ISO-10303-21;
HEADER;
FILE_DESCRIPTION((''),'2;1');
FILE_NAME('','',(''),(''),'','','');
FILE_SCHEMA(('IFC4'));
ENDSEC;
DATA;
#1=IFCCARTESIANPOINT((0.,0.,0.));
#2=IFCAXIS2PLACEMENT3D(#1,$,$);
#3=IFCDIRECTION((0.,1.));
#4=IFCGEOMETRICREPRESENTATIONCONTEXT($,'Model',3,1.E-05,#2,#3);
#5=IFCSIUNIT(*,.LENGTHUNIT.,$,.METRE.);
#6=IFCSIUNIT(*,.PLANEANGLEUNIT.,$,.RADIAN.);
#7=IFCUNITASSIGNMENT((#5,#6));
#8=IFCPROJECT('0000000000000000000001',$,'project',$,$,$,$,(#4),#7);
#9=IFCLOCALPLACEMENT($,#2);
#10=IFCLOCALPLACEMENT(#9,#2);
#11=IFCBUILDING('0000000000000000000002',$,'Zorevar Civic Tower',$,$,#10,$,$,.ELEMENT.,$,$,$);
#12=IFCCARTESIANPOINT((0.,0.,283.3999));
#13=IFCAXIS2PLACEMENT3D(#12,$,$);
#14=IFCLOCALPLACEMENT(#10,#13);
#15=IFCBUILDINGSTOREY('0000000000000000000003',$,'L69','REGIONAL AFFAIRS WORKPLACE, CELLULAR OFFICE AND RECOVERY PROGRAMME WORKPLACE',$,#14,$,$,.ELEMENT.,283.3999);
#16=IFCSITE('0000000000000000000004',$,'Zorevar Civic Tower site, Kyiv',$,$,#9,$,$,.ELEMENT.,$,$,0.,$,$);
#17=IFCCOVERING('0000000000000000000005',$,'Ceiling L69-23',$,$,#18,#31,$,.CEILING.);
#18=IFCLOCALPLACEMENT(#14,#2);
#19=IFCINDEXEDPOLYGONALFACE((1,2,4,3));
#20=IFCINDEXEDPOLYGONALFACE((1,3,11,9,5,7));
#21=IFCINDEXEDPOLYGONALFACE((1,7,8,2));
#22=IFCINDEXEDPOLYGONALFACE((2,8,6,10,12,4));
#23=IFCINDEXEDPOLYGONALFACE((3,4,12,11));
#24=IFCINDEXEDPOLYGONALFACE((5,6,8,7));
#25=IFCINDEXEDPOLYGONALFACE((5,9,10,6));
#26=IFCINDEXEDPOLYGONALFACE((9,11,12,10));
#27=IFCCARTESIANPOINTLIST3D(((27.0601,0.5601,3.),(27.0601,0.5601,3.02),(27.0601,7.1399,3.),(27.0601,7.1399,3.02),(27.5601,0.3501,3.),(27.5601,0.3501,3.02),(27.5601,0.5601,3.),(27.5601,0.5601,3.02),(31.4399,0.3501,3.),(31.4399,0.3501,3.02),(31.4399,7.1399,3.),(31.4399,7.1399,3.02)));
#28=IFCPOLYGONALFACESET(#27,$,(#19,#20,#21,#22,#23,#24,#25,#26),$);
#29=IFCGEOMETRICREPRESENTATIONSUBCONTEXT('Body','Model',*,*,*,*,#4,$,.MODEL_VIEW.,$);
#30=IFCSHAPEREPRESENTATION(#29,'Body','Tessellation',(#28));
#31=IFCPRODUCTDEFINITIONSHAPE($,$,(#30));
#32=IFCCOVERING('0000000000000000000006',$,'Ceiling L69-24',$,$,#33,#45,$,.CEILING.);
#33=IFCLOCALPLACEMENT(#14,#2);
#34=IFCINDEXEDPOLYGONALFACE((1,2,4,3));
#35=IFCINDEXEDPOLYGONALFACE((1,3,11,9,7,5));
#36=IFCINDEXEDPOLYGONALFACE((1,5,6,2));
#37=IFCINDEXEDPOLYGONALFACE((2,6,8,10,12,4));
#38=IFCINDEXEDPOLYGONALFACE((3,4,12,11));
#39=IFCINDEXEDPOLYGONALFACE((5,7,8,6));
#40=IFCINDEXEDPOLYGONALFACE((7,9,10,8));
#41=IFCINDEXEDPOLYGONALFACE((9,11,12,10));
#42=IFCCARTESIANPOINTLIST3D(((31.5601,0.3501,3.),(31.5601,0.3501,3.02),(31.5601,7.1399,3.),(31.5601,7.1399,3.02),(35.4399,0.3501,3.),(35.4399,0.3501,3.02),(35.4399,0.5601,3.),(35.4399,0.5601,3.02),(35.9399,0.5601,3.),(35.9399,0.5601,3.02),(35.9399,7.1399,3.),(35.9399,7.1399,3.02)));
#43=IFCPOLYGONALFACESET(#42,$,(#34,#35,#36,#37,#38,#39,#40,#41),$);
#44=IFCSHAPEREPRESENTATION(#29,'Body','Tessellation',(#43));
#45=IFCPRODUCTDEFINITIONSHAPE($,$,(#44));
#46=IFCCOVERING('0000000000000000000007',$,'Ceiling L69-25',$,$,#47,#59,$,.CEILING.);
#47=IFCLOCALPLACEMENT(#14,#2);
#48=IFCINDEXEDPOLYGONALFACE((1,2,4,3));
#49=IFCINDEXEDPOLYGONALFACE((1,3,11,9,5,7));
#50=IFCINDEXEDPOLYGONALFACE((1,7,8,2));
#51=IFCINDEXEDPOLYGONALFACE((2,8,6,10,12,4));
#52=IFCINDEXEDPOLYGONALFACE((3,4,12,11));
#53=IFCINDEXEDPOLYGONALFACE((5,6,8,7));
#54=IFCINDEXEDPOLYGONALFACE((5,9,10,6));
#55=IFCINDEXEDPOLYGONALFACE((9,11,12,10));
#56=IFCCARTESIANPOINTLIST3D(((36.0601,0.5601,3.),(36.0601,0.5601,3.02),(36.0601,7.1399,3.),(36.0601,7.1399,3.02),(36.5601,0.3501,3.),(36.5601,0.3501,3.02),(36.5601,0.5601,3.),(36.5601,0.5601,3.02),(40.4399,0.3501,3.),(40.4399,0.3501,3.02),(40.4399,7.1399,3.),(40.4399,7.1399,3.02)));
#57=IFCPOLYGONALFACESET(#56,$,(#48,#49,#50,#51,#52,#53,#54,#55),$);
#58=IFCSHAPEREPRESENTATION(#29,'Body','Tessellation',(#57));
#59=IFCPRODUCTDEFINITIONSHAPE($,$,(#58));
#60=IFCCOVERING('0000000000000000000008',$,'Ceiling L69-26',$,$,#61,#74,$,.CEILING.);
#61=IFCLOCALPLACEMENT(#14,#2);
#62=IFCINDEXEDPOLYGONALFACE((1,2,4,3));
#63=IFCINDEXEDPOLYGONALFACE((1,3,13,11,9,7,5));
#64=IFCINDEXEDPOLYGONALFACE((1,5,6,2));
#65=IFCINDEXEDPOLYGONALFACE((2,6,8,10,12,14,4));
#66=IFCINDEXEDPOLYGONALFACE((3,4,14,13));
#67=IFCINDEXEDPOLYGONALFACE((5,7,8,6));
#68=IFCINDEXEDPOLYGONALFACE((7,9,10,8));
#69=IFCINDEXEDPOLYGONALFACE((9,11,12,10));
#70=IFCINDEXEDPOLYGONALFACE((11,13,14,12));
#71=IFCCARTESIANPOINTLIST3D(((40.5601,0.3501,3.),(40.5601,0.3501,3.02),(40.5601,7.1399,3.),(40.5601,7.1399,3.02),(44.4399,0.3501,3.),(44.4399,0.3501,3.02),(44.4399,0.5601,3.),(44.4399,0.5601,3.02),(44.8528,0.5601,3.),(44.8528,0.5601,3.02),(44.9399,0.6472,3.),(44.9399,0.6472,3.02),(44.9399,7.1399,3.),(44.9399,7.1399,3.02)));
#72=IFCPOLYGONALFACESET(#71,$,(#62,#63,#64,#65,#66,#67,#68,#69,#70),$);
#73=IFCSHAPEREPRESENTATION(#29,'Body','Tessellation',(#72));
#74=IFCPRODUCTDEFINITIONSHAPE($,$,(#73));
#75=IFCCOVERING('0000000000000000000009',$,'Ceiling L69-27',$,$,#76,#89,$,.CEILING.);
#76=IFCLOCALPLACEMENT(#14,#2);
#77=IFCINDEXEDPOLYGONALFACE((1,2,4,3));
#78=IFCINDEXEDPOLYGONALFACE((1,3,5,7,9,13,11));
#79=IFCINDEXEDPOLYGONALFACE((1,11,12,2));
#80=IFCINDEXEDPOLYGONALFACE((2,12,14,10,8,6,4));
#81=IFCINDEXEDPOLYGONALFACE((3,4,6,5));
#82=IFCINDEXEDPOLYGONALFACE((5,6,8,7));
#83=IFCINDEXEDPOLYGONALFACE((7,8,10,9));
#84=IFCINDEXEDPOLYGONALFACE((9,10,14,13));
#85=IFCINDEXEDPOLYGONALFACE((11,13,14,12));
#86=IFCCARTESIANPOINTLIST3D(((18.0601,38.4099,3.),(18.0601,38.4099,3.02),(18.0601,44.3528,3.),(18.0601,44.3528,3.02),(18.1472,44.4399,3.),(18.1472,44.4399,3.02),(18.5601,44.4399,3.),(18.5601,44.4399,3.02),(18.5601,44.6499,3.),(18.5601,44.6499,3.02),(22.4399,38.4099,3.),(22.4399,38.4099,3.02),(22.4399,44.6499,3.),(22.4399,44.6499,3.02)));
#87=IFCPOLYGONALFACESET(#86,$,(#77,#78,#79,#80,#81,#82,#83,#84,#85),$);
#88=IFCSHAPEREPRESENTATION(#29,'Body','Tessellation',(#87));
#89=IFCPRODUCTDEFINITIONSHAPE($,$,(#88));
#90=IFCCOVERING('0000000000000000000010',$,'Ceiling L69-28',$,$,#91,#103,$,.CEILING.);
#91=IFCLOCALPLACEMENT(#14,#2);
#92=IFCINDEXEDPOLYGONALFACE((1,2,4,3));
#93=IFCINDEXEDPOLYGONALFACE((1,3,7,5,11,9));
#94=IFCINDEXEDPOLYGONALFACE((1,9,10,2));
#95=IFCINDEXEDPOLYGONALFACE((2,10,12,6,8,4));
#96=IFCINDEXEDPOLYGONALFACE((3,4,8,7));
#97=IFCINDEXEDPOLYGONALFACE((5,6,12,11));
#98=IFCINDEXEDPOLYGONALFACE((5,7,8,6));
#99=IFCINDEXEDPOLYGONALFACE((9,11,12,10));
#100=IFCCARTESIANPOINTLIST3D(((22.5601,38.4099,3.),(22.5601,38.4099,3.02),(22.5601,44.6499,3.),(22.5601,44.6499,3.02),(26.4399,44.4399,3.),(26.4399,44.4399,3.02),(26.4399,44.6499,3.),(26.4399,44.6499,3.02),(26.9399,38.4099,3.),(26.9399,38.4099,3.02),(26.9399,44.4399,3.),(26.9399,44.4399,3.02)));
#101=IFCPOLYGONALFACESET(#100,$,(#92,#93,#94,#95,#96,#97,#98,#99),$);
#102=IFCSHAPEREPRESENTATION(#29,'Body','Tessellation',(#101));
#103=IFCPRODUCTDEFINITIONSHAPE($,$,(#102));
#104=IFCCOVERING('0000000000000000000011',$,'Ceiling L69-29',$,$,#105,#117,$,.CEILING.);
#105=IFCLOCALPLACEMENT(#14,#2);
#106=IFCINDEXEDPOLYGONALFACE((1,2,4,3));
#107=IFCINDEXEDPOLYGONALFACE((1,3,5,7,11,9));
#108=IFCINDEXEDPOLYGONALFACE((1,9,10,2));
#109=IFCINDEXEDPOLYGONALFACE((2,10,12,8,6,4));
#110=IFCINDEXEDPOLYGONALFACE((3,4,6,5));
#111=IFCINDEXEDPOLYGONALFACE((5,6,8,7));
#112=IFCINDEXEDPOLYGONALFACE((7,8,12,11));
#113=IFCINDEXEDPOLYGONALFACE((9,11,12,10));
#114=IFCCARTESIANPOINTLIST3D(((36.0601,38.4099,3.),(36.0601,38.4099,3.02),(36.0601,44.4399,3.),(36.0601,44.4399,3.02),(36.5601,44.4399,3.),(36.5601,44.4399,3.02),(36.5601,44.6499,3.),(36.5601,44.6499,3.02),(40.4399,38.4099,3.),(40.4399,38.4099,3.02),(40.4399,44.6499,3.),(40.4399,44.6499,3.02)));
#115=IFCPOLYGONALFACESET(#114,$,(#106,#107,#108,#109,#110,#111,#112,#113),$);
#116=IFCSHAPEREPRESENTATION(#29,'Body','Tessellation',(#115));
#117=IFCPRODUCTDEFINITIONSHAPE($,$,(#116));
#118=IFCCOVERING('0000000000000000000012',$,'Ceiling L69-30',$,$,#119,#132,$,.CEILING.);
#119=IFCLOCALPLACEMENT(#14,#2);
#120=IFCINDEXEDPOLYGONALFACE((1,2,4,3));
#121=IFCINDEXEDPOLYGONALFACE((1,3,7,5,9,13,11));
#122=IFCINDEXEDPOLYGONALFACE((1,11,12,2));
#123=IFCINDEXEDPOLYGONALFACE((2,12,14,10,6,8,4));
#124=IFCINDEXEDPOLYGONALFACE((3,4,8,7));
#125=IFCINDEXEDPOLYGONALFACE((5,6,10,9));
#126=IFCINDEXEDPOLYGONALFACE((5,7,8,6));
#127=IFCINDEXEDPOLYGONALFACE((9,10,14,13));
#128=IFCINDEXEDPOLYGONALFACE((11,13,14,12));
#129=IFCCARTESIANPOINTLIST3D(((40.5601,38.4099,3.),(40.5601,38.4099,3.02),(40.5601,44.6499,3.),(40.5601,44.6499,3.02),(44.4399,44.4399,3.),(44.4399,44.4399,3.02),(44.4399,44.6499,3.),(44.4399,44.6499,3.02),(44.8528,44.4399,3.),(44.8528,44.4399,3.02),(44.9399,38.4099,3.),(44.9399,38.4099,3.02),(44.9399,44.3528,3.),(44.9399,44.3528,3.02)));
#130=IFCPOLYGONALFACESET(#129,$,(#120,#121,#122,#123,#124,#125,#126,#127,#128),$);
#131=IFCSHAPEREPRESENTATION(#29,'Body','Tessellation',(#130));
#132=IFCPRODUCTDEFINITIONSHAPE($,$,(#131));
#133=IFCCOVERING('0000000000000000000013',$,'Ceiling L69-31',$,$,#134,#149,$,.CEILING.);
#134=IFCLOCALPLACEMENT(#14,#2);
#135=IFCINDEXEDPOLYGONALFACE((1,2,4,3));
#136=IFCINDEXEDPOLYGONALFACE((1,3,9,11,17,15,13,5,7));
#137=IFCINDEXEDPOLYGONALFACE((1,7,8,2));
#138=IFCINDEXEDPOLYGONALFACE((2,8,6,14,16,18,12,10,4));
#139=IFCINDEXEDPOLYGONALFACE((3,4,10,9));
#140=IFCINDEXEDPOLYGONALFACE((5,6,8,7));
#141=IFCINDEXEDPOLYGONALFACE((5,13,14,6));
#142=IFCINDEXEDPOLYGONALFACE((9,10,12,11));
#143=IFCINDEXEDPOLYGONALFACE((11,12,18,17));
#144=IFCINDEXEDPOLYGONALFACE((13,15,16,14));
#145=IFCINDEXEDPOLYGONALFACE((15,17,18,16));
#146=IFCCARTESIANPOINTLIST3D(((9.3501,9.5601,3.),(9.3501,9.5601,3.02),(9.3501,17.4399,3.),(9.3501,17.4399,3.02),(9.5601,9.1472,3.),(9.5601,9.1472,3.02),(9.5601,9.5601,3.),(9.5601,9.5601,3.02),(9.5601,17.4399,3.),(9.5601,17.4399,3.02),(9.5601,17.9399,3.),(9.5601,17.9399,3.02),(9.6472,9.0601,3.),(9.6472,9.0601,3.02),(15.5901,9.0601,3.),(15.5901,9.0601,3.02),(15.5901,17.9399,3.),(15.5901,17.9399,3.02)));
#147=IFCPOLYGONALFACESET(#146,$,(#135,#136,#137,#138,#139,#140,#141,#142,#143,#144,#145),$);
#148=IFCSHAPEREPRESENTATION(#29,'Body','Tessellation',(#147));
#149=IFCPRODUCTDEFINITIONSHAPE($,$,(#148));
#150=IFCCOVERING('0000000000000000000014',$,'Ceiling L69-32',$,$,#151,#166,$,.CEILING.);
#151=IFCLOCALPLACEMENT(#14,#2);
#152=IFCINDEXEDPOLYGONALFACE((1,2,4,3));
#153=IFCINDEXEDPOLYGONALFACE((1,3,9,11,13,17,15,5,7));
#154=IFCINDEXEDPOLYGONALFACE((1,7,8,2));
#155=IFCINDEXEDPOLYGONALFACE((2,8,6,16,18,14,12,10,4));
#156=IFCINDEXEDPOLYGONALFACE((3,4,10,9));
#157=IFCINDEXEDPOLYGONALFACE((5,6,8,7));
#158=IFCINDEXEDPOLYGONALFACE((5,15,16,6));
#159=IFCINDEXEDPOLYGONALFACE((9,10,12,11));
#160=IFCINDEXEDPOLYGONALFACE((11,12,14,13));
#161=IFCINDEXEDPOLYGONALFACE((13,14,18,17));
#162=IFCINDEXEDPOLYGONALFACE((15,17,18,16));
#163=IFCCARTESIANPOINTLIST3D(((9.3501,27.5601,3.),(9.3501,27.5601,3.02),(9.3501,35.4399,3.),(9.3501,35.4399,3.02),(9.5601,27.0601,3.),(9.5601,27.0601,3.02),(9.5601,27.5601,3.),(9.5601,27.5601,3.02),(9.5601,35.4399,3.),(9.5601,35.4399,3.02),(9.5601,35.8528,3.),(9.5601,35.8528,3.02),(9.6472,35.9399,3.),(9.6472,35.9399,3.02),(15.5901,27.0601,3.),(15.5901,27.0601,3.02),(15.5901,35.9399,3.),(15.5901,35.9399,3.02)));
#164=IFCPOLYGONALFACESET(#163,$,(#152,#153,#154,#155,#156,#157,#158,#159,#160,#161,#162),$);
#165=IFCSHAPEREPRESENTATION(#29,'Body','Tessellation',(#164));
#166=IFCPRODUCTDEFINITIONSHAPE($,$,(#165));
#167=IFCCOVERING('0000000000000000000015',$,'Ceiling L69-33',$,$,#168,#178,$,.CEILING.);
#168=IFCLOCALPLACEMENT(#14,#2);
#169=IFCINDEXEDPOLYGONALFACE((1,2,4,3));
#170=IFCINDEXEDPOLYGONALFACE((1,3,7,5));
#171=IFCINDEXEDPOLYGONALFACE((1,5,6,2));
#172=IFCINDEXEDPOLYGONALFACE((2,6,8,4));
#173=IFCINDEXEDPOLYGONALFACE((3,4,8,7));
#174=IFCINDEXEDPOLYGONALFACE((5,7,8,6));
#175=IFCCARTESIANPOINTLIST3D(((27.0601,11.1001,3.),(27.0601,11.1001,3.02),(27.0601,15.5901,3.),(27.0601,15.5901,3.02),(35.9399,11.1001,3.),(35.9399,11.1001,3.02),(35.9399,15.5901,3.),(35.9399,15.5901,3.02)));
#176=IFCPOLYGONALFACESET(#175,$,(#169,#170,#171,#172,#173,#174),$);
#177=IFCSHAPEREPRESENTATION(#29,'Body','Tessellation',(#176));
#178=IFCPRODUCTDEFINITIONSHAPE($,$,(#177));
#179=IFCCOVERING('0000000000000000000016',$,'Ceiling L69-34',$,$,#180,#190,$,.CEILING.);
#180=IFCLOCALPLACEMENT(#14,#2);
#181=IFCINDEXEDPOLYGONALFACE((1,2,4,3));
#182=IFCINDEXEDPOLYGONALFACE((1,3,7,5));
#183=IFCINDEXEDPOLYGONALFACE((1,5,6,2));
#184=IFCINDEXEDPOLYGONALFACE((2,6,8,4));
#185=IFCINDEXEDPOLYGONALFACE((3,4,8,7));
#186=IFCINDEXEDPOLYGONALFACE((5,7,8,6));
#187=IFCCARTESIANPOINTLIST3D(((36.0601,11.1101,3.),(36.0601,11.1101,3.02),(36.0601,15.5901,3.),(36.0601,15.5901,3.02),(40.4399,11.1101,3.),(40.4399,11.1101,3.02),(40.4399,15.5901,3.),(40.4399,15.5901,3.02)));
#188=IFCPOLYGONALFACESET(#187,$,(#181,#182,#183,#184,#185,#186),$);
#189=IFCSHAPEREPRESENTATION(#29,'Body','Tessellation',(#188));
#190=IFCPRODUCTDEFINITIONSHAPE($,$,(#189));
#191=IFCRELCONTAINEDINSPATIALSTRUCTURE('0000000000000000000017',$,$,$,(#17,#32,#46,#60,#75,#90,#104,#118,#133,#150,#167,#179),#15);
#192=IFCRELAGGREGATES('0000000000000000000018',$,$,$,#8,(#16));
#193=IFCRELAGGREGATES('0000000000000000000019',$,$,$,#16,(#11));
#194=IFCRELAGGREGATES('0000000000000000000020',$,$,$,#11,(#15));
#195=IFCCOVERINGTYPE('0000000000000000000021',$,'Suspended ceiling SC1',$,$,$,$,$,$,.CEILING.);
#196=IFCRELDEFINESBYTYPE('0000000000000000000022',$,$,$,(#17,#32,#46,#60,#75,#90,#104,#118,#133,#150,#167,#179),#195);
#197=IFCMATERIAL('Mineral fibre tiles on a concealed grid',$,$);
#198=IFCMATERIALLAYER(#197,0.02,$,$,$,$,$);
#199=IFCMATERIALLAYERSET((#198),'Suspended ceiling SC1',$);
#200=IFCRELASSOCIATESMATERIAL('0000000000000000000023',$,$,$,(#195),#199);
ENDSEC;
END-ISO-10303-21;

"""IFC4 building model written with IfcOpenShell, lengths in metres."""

from ifc_helpers import new_model, si_unit, direction, frame, origin, place, context, subcontext, project, spatial, polyline, outline, extrude, material, layer, layer_set, type_object, element, save


model = new_model("IFC4")

# Units and contexts
model_context = context("Model", 3, precision=1e-05, world=origin(), true_north=direction((0.0, 1.0)))
body_context = subcontext(model_context, "Body", "Model", "MODEL_VIEW")
ifc_project = project(units=[si_unit("LENGTHUNIT", "METRE"), si_unit("PLANEANGLEUNIT", "RADIAN")], contexts=[model_context])

# Site, building, storey
site_placement = place(None, origin())
site = spatial("IfcSite", under=ifc_project, at=site_placement, Name="Zorevar Civic Tower site, Kyiv", CompositionType="ELEMENT", RefElevation=0.0)
building_placement = place(site_placement, origin())
building = spatial("IfcBuilding", under=site, at=building_placement, Name="Zorevar Civic Tower", CompositionType="ELEMENT")
storey_placement = place(building_placement, frame((0.0, 0.0, 283.3999)))
storey = spatial("IfcBuildingStorey", under=building, at=storey_placement, Name="L69", Description="REGIONAL AFFAIRS WORKPLACE, CELLULAR OFFICE AND RECOVERY PROGRAMME WORKPLACE", CompositionType="ELEMENT", Elevation=283.3999)

# Coverings
ifc_material = material(Name="Mineral fibre tiles on a concealed grid")
ifc_layer = layer(ifc_material, 0.02)
ifc_layer_set = layer_set([ifc_layer], Name="Suspended ceiling SC1")
covering_type = type_object("IfcCoveringType", Name="Suspended ceiling SC1", PredefinedType="CEILING", material=ifc_layer_set)
covering_1_placement = place(storey_placement, frame((0.0, 0.0, 3.0)))
element("IfcCovering", 1, at=covering_1_placement, inside=storey, type_object=covering_type, Name="Ceiling L69-23", PredefinedType="CEILING", context=body_context, shape_type="SweptSolid", body=[
    extrude(outline(polyline([(31.4399, 7.1399), (31.4399, 0.3501), (27.5601, 0.3501), (27.5601, 0.5601), (27.0601, 0.5601), (27.0601, 7.1399), (31.4399, 7.1399)])), origin(), (0.0, 0.0, 1.0), 0.02),
])
covering_2_placement = place(storey_placement, frame((0.0, 0.0, 3.0)))
element("IfcCovering", 2, at=covering_2_placement, inside=storey, type_object=covering_type, Name="Ceiling L69-24", PredefinedType="CEILING", context=body_context, shape_type="SweptSolid", body=[
    extrude(outline(polyline([(35.9399, 7.1399), (35.9399, 0.5601), (35.4399, 0.5601), (35.4399, 0.3501), (31.5601, 0.3501), (31.5601, 7.1399), (35.9399, 7.1399)])), origin(), (0.0, 0.0, 1.0), 0.02),
])
covering_3_placement = place(storey_placement, frame((0.0, 0.0, 3.0)))
element("IfcCovering", 3, at=covering_3_placement, inside=storey, type_object=covering_type, Name="Ceiling L69-25", PredefinedType="CEILING", context=body_context, shape_type="SweptSolid", body=[
    extrude(outline(polyline([(40.4399, 7.1399), (40.4399, 0.3501), (36.5601, 0.3501), (36.5601, 0.5601), (36.0601, 0.5601), (36.0601, 7.1399), (40.4399, 7.1399)])), origin(), (0.0, 0.0, 1.0), 0.02),
])
covering_4_placement = place(storey_placement, frame((0.0, 0.0, 3.0)))
element("IfcCovering", 4, at=covering_4_placement, inside=storey, type_object=covering_type, Name="Ceiling L69-26", PredefinedType="CEILING", context=body_context, shape_type="SweptSolid", body=[
    extrude(outline(polyline([(44.9399, 0.6472), (44.8528, 0.5601), (44.4399, 0.5601), (44.4399, 0.3501), (40.5601, 0.3501), (40.5601, 7.1399), (44.9399, 7.1399), (44.9399, 0.6472)])), origin(), (0.0, 0.0, 1.0), 0.02),
])
covering_5_placement = place(storey_placement, frame((0.0, 0.0, 3.0)))
element("IfcCovering", 5, at=covering_5_placement, inside=storey, type_object=covering_type, Name="Ceiling L69-27", PredefinedType="CEILING", context=body_context, shape_type="SweptSolid", body=[
    extrude(outline(polyline([(18.0601, 44.3528), (18.1472, 44.4399), (18.5601, 44.4399), (18.5601, 44.6499), (22.4399, 44.6499), (22.4399, 38.4099), (18.0601, 38.4099), (18.0601, 44.3528)])), origin(), (0.0, 0.0, 1.0), 0.02),
])
covering_6_placement = place(storey_placement, frame((0.0, 0.0, 3.0)))
element("IfcCovering", 6, at=covering_6_placement, inside=storey, type_object=covering_type, Name="Ceiling L69-28", PredefinedType="CEILING", context=body_context, shape_type="SweptSolid", body=[
    extrude(outline(polyline([(22.5601, 38.4099), (22.5601, 44.6499), (26.4399, 44.6499), (26.4399, 44.4399), (26.9399, 44.4399), (26.9399, 38.4099), (22.5601, 38.4099)])), origin(), (0.0, 0.0, 1.0), 0.02),
])
covering_7_placement = place(storey_placement, frame((0.0, 0.0, 3.0)))
element("IfcCovering", 7, at=covering_7_placement, inside=storey, type_object=covering_type, Name="Ceiling L69-29", PredefinedType="CEILING", context=body_context, shape_type="SweptSolid", body=[
    extrude(outline(polyline([(36.0601, 38.4099), (36.0601, 44.4399), (36.5601, 44.4399), (36.5601, 44.6499), (40.4399, 44.6499), (40.4399, 38.4099), (36.0601, 38.4099)])), origin(), (0.0, 0.0, 1.0), 0.02),
])
covering_8_placement = place(storey_placement, frame((0.0, 0.0, 3.0)))
element("IfcCovering", 8, at=covering_8_placement, inside=storey, type_object=covering_type, Name="Ceiling L69-30", PredefinedType="CEILING", context=body_context, shape_type="SweptSolid", body=[
    extrude(outline(polyline([(40.5601, 44.6499), (44.4399, 44.6499), (44.4399, 44.4399), (44.8528, 44.4399), (44.9399, 44.3528), (44.9399, 38.4099), (40.5601, 38.4099), (40.5601, 44.6499)])), origin(), (0.0, 0.0, 1.0), 0.02),
])
covering_9_placement = place(storey_placement, frame((0.0, 0.0, 3.0)))
element("IfcCovering", 9, at=covering_9_placement, inside=storey, type_object=covering_type, Name="Ceiling L69-31", PredefinedType="CEILING", context=body_context, shape_type="SweptSolid", body=[
    extrude(outline(polyline([(9.3501, 9.5601), (9.3501, 17.4399), (9.5601, 17.4399), (9.5601, 17.9399), (15.5901, 17.9399), (15.5901, 9.0601), (9.6472, 9.0601), (9.5601, 9.1472), (9.5601, 9.5601), (9.3501, 9.5601)])), origin(), (0.0, 0.0, 1.0), 0.02),
])
covering_10_placement = place(storey_placement, frame((0.0, 0.0, 3.0)))
element("IfcCovering", 10, at=covering_10_placement, inside=storey, type_object=covering_type, Name="Ceiling L69-32", PredefinedType="CEILING", context=body_context, shape_type="SweptSolid", body=[
    extrude(outline(polyline([(9.3501, 27.5601), (9.3501, 35.4399), (9.5601, 35.4399), (9.5601, 35.8528), (9.6472, 35.9399), (15.5901, 35.9399), (15.5901, 27.0601), (9.5601, 27.0601), (9.5601, 27.5601), (9.3501, 27.5601)])), origin(), (0.0, 0.0, 1.0), 0.02),
])
covering_11_placement = place(storey_placement, frame((0.0, 0.0, 3.0)))
element("IfcCovering", 11, at=covering_11_placement, inside=storey, type_object=covering_type, Name="Ceiling L69-33", PredefinedType="CEILING", context=body_context, shape_type="SweptSolid", body=[
    extrude(outline(polyline([(27.0601, 15.5901), (35.9399, 15.5901), (35.9399, 11.1001), (27.0601, 11.1001), (27.0601, 15.5901)])), origin(), (0.0, 0.0, 1.0), 0.02),
])
covering_12_placement = place(storey_placement, frame((0.0, 0.0, 3.0)))
element("IfcCovering", 12, at=covering_12_placement, inside=storey, type_object=covering_type, Name="Ceiling L69-34", PredefinedType="CEILING", context=body_context, shape_type="SweptSolid", body=[
    extrude(outline(polyline([(36.0601, 11.1101), (36.0601, 15.5901), (40.4399, 15.5901), (40.4399, 11.1101), (36.0601, 11.1101)])), origin(), (0.0, 0.0, 1.0), 0.02),
])

save(model, "model.ifc")
